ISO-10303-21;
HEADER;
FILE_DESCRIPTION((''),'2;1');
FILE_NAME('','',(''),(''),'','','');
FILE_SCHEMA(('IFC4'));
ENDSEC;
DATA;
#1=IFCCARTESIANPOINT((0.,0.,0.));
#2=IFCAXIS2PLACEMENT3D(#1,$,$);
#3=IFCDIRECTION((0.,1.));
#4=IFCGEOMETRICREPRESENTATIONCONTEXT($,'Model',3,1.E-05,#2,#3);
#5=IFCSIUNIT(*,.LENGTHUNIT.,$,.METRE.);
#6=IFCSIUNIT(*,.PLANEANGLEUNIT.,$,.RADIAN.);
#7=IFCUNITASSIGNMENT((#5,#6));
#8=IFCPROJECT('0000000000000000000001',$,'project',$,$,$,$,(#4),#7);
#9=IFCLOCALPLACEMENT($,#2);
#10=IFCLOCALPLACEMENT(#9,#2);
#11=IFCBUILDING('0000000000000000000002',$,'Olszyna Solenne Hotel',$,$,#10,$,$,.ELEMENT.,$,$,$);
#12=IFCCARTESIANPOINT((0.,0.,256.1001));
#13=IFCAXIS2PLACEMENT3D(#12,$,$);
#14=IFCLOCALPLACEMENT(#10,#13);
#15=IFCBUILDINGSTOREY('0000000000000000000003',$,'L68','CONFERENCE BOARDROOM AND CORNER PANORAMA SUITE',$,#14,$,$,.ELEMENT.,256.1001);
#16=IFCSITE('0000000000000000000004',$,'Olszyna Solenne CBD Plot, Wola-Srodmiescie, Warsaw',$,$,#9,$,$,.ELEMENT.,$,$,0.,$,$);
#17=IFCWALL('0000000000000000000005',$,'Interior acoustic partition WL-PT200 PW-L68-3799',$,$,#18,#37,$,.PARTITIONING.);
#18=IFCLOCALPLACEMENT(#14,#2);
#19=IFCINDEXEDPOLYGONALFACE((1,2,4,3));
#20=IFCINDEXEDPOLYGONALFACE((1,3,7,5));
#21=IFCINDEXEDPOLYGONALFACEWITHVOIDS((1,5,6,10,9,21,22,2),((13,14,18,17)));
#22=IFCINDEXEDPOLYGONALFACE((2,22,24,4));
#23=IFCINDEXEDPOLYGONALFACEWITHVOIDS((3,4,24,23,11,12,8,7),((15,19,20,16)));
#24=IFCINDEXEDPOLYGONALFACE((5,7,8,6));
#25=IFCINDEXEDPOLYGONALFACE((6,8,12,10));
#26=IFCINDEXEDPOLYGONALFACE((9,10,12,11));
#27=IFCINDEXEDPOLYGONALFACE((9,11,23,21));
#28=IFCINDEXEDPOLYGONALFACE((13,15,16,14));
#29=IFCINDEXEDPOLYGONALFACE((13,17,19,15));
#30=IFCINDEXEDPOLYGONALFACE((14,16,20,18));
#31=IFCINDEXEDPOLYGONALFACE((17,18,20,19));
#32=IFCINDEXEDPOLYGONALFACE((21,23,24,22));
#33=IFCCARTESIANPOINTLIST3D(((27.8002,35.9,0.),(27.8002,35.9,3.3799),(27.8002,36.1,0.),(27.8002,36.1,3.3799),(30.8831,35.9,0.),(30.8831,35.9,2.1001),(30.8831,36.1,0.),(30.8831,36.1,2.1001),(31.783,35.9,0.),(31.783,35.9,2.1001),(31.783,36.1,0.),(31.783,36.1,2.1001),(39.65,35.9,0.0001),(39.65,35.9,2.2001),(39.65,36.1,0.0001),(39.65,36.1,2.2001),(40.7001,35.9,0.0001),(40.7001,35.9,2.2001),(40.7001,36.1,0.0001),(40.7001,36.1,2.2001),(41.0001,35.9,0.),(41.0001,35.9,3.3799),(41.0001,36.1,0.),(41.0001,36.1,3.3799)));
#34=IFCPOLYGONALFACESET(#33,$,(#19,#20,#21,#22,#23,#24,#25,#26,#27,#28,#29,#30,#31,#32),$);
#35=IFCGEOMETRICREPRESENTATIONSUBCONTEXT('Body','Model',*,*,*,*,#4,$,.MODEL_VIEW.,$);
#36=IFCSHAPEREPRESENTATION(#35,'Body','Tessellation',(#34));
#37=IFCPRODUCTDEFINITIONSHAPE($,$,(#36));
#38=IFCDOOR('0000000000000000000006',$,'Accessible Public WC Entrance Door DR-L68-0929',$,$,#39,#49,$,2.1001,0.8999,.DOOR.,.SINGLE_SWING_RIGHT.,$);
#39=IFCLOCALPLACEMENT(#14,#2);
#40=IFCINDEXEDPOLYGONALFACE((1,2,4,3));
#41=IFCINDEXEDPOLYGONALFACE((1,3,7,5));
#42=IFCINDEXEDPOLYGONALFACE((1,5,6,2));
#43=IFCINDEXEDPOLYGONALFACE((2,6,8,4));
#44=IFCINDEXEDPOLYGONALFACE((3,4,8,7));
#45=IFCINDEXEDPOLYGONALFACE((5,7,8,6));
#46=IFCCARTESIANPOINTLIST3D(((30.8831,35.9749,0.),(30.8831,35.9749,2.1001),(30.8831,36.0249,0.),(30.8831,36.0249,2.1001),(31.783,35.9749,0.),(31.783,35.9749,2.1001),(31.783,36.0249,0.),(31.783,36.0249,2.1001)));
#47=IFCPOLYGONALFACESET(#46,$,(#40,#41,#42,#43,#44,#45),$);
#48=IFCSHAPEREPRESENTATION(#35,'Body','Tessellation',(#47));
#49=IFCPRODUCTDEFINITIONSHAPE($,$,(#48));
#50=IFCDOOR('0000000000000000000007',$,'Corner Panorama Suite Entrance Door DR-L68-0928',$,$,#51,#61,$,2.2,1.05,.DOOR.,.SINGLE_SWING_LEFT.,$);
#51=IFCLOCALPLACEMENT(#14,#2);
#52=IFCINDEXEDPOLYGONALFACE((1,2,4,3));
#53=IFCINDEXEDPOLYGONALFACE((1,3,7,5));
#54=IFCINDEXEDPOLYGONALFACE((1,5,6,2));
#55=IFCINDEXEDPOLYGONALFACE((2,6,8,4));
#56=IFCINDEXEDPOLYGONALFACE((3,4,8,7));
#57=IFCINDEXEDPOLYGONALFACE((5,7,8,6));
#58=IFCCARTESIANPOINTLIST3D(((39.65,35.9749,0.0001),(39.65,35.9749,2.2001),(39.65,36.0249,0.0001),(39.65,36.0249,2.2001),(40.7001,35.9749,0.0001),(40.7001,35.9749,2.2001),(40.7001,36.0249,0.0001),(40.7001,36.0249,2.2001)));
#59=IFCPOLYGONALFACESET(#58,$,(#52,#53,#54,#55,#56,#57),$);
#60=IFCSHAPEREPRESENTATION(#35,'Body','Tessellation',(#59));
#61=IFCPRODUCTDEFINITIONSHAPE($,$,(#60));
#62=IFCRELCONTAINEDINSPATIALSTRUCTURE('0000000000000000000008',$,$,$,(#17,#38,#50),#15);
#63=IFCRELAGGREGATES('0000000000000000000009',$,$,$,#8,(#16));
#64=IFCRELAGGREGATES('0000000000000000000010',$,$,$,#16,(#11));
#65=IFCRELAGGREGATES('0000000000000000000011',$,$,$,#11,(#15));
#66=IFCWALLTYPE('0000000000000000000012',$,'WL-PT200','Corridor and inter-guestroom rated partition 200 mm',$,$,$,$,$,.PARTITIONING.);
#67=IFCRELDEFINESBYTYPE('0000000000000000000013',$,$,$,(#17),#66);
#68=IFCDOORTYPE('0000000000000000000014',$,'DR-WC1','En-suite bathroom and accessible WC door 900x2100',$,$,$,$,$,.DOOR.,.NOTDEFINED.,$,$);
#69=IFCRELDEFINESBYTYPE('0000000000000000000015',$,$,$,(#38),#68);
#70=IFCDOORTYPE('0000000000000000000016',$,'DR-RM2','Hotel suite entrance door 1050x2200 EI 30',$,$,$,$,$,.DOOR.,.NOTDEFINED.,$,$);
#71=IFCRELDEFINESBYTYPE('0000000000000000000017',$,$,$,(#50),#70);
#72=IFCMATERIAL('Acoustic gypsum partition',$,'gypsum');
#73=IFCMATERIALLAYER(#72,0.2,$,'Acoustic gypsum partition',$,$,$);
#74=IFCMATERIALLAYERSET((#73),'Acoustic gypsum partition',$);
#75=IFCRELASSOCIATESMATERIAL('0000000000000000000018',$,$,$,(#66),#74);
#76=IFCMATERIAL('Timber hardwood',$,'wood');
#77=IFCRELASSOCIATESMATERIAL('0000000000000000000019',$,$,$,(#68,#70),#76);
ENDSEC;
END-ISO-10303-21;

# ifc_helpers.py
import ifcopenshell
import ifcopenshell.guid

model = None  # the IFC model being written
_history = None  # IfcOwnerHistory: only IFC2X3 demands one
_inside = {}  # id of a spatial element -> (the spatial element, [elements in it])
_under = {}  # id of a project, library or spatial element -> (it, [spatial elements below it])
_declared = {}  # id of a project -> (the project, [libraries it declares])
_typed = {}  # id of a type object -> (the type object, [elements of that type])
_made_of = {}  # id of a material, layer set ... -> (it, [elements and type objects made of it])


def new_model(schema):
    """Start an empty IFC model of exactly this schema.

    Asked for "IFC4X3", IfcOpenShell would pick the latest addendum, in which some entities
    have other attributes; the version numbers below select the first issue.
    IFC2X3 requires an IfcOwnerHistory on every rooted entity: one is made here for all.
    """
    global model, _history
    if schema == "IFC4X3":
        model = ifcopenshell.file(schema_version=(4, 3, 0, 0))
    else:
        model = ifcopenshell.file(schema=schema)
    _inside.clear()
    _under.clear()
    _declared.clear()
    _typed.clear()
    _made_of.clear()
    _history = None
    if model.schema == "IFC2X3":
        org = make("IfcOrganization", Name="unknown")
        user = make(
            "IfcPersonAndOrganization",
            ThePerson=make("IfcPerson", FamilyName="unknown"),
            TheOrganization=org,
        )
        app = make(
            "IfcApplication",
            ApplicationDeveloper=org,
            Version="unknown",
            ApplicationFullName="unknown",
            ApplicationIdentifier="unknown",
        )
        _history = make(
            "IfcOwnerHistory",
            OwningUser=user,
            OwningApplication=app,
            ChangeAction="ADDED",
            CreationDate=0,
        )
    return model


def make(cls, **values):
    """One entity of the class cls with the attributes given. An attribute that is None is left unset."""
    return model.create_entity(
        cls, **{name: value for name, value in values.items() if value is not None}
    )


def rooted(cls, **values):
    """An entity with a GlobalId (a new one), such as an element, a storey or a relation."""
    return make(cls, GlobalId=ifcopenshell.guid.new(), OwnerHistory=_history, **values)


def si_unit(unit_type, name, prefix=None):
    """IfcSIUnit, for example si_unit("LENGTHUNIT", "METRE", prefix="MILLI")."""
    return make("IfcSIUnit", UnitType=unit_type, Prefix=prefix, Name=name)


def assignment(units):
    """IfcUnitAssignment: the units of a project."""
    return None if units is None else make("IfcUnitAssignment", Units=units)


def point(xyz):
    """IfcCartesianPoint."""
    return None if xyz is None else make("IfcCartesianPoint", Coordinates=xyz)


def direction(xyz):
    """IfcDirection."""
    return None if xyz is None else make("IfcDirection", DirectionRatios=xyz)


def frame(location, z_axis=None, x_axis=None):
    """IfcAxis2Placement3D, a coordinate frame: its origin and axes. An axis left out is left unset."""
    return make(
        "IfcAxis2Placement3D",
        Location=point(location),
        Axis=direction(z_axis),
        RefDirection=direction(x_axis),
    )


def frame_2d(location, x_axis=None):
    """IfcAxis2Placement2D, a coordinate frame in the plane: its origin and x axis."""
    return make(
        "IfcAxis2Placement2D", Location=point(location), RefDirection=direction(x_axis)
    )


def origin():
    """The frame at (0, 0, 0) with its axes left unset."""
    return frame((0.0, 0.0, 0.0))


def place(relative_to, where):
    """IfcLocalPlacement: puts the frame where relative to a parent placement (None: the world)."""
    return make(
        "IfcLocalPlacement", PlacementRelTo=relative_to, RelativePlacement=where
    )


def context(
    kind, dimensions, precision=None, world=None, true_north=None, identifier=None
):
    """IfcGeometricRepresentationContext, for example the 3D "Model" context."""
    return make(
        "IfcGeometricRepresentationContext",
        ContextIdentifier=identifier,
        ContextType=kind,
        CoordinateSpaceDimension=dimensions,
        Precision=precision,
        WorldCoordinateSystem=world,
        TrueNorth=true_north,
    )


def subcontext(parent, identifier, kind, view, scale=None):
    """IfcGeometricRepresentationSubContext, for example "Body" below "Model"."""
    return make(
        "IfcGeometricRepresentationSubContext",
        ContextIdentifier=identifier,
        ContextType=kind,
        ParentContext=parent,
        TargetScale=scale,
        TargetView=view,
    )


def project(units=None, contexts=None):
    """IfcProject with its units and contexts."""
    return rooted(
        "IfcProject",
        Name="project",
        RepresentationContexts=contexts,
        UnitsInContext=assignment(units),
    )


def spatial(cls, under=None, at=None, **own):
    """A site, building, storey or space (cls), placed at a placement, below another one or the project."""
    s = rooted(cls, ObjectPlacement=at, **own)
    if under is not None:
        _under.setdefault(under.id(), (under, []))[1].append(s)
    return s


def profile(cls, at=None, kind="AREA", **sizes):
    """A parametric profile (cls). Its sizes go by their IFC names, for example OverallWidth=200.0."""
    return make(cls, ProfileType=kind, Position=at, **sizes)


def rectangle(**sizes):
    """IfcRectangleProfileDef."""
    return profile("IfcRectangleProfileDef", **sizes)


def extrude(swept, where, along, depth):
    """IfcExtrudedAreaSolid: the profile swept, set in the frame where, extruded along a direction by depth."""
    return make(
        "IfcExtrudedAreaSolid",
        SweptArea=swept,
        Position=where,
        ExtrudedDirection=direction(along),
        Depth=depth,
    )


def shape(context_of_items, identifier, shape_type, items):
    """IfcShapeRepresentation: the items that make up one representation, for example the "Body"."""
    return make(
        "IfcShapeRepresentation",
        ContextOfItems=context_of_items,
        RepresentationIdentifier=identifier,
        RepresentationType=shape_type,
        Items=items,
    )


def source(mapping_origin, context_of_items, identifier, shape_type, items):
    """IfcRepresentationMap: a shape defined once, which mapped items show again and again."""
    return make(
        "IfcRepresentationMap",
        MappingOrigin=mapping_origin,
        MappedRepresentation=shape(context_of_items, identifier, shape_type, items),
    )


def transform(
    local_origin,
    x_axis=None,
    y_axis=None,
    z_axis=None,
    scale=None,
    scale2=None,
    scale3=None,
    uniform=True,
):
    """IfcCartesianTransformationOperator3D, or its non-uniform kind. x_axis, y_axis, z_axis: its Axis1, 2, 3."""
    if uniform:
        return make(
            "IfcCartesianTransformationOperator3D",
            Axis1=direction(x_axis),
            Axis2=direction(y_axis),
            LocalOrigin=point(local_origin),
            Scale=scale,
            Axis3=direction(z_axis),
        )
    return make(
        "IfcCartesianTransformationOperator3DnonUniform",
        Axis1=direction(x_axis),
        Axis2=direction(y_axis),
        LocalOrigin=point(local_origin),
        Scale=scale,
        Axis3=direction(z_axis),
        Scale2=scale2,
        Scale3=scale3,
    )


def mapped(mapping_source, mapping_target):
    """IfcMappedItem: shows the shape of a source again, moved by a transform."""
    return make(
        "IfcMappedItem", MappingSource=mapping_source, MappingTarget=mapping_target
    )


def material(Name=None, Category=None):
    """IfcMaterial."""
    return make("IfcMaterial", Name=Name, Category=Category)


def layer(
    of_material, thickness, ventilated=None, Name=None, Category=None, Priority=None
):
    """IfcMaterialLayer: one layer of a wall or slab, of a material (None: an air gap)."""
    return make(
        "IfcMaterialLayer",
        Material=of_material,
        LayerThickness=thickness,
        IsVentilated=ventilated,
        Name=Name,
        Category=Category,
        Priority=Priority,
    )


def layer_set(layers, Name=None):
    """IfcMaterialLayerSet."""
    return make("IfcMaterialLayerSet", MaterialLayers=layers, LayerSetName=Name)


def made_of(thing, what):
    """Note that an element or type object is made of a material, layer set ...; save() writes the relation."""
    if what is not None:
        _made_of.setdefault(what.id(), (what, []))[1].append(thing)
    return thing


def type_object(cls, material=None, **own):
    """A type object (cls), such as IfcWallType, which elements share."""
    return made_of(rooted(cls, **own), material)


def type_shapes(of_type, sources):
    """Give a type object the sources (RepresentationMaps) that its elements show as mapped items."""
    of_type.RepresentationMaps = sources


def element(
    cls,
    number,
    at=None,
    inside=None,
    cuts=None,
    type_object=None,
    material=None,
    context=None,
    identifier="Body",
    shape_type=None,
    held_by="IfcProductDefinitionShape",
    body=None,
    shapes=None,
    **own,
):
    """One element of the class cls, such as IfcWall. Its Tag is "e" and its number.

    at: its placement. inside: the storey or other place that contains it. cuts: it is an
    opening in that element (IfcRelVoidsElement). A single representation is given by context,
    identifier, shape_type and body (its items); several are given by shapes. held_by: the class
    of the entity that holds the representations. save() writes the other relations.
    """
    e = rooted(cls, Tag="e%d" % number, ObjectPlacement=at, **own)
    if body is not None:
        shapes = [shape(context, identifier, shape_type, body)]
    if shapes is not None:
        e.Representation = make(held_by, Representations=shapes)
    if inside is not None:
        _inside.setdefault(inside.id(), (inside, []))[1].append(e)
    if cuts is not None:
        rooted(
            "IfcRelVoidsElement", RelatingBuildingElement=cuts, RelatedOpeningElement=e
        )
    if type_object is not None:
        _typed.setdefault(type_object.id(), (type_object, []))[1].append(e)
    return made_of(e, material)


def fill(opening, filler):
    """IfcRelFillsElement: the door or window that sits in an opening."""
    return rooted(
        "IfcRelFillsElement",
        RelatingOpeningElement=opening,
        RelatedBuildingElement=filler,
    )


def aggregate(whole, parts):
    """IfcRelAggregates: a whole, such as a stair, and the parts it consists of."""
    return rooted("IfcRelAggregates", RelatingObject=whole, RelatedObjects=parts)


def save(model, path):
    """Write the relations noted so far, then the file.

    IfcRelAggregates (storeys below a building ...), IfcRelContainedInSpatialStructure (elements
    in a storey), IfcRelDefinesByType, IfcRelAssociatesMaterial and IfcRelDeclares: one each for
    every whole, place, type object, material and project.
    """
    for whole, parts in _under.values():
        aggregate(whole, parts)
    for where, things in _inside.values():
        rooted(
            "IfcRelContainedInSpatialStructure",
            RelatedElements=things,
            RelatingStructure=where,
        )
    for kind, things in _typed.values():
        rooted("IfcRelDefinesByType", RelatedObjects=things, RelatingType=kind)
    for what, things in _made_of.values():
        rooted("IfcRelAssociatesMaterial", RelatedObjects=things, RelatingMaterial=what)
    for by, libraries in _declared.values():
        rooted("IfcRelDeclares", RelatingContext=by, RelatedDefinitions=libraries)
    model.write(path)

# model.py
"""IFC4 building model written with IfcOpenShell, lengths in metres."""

from ifc_helpers import new_model, si_unit, direction, frame, frame_2d, origin, place, context, subcontext, project, spatial, rectangle, extrude, source, transform, mapped, material, layer, layer_set, type_object, type_shapes, element, fill, save


model = new_model("IFC4")

# Units and contexts
model_context = context("Model", 3, precision=1e-05, world=origin(), true_north=direction((0.0, 1.0)))
body_context = subcontext(model_context, "Body", "Model", "MODEL_VIEW")
ifc_project = project(units=[si_unit("LENGTHUNIT", "METRE"), si_unit("PLANEANGLEUNIT", "RADIAN")], contexts=[model_context])

# Site, building, storey
site_placement = place(None, origin())
site = spatial("IfcSite", under=ifc_project, at=site_placement, Name="Olszyna Solenne CBD Plot, Wola-Srodmiescie, Warsaw", CompositionType="ELEMENT", RefElevation=0.0)
building_placement = place(site_placement, origin())
building = spatial("IfcBuilding", under=site, at=building_placement, Name="Olszyna Solenne Hotel", CompositionType="ELEMENT")
storey_placement = place(building_placement, frame((0.0, 0.0, 256.1001)))
storey = spatial("IfcBuildingStorey", under=building, at=storey_placement, Name="L68", Description="CONFERENCE BOARDROOM AND CORNER PANORAMA SUITE", CompositionType="ELEMENT", Elevation=256.1001)

# Shared definitions
ifc_material_1 = material(Name="Acoustic gypsum partition", Category="gypsum")
ifc_layer_1 = layer(ifc_material_1, 0.2, Name="Acoustic gypsum partition")
ifc_layer_set_1 = layer_set([ifc_layer_1], Name="Acoustic gypsum partition")
wall_type_1 = type_object("IfcWallType", Name="WL-PT200", Description="Corridor and inter-guestroom rated partition 200 mm", PredefinedType="PARTITIONING", material=ifc_layer_set_1)

# Wall, openings, doors
wall_1_placement = place(storey_placement, frame((27.8, 36.0, 0.0), z_axis=(0.0, 0.0, 1.0), x_axis=(1.0, 0.0, 0.0)))
wall_1 = element("IfcWall", 1, at=wall_1_placement, inside=storey, type_object=wall_type_1, Name="Interior acoustic partition WL-PT200 PW-L68-3799", PredefinedType="PARTITIONING", context=body_context, shape_type="SweptSolid", body=[
    extrude(rectangle(XDim=13.2, YDim=0.2, at=frame_2d((6.6001, 0.0))), origin(), (0.0, 0.0, 1.0), 3.3799),
])
opening_1_placement = place(wall_1_placement, frame((11.8501, 0.0, 0.0)))
opening_1 = element("IfcOpeningElement", 2, at=opening_1_placement, cuts=wall_1, PredefinedType="OPENING", context=body_context, shape_type="SweptSolid", body=[
    extrude(rectangle(XDim=1.05, YDim=2.2, at=frame_2d((0.5249, 1.1001))), frame((0.0, 0.1099, 0.0), z_axis=(0.0, -1.0, 0.0), x_axis=(1.0, 0.0, 0.0)), (0.0, 0.0, 1.0), 0.22),
])
opening_2_placement = place(wall_1_placement, frame((3.083, 0.0, 0.0)))
opening_2 = element("IfcOpeningElement", 3, at=opening_2_placement, cuts=wall_1, PredefinedType="OPENING", context=body_context, shape_type="SweptSolid", body=[
    extrude(rectangle(XDim=0.8999, YDim=2.1001, at=frame_2d((0.45, 1.05))), frame((0.0, 0.1099, 0.0), z_axis=(0.0, -1.0, 0.0), x_axis=(1.0, 0.0, 0.0)), (0.0, 0.0, 1.0), 0.22),
])
ifc_material_2 = material(Name="Timber hardwood", Category="wood")
door_type_1 = type_object("IfcDoorType", Name="DR-WC1", Description="En-suite bathroom and accessible WC door 900x2100", OperationType="NOTDEFINED", PredefinedType="DOOR", material=ifc_material_2)
shared_shape_1 = source(origin(), body_context, "Body", "SweptSolid", [
    extrude(rectangle(XDim=0.8999, YDim=2.1001, at=frame_2d((0.45, 1.05))), frame((0.0, 0.0249, 0.0), z_axis=(0.0, -1.0, 0.0), x_axis=(1.0, 0.0, 0.0)), (0.0, 0.0, 1.0), 0.05),
])
type_shapes(door_type_1, [shared_shape_1])
door_1_placement = place(opening_2_placement, origin())
door_1 = element("IfcDoor", 4, at=door_1_placement, inside=storey, type_object=door_type_1, Name="Accessible Public WC Entrance Door DR-L68-0929", OperationType="SINGLE_SWING_RIGHT", OverallHeight=2.1001, OverallWidth=0.8999, PredefinedType="DOOR", context=body_context, shape_type="MappedRepresentation", body=[
    mapped(shared_shape_1, transform((0.0, 0.0, 0.0), x_axis=(1.0, 0.0, 0.0), y_axis=(0.0, 1.0, 0.0), z_axis=(0.0, 0.0, 1.0), scale=1.0)),
])
fill(opening_2, door_1)
door_type_2 = type_object("IfcDoorType", Name="DR-RM2", Description="Hotel suite entrance door 1050x2200 EI 30", OperationType="NOTDEFINED", PredefinedType="DOOR", material=ifc_material_2)
shared_shape_2 = source(origin(), body_context, "Body", "SweptSolid", [
    extrude(rectangle(XDim=1.05, YDim=2.2, at=frame_2d((0.5249, 1.1001))), frame((0.0, 0.0249, 0.0), z_axis=(0.0, -1.0, 0.0), x_axis=(1.0, 0.0, 0.0)), (0.0, 0.0, 1.0), 0.05),
])
type_shapes(door_type_2, [shared_shape_2])
door_2_placement = place(opening_1_placement, origin())
door_2 = element("IfcDoor", 5, at=door_2_placement, inside=storey, type_object=door_type_2, Name="Corner Panorama Suite Entrance Door DR-L68-0928", OperationType="SINGLE_SWING_LEFT", OverallHeight=2.2, OverallWidth=1.05, PredefinedType="DOOR", context=body_context, shape_type="MappedRepresentation", body=[
    mapped(shared_shape_2, transform((0.0, 0.0, 0.0), x_axis=(1.0, 0.0, 0.0), y_axis=(0.0, 1.0, 0.0), z_axis=(0.0, 0.0, 1.0), scale=1.0)),
])
fill(opening_1, door_2)

save(model, "model.ifc")
